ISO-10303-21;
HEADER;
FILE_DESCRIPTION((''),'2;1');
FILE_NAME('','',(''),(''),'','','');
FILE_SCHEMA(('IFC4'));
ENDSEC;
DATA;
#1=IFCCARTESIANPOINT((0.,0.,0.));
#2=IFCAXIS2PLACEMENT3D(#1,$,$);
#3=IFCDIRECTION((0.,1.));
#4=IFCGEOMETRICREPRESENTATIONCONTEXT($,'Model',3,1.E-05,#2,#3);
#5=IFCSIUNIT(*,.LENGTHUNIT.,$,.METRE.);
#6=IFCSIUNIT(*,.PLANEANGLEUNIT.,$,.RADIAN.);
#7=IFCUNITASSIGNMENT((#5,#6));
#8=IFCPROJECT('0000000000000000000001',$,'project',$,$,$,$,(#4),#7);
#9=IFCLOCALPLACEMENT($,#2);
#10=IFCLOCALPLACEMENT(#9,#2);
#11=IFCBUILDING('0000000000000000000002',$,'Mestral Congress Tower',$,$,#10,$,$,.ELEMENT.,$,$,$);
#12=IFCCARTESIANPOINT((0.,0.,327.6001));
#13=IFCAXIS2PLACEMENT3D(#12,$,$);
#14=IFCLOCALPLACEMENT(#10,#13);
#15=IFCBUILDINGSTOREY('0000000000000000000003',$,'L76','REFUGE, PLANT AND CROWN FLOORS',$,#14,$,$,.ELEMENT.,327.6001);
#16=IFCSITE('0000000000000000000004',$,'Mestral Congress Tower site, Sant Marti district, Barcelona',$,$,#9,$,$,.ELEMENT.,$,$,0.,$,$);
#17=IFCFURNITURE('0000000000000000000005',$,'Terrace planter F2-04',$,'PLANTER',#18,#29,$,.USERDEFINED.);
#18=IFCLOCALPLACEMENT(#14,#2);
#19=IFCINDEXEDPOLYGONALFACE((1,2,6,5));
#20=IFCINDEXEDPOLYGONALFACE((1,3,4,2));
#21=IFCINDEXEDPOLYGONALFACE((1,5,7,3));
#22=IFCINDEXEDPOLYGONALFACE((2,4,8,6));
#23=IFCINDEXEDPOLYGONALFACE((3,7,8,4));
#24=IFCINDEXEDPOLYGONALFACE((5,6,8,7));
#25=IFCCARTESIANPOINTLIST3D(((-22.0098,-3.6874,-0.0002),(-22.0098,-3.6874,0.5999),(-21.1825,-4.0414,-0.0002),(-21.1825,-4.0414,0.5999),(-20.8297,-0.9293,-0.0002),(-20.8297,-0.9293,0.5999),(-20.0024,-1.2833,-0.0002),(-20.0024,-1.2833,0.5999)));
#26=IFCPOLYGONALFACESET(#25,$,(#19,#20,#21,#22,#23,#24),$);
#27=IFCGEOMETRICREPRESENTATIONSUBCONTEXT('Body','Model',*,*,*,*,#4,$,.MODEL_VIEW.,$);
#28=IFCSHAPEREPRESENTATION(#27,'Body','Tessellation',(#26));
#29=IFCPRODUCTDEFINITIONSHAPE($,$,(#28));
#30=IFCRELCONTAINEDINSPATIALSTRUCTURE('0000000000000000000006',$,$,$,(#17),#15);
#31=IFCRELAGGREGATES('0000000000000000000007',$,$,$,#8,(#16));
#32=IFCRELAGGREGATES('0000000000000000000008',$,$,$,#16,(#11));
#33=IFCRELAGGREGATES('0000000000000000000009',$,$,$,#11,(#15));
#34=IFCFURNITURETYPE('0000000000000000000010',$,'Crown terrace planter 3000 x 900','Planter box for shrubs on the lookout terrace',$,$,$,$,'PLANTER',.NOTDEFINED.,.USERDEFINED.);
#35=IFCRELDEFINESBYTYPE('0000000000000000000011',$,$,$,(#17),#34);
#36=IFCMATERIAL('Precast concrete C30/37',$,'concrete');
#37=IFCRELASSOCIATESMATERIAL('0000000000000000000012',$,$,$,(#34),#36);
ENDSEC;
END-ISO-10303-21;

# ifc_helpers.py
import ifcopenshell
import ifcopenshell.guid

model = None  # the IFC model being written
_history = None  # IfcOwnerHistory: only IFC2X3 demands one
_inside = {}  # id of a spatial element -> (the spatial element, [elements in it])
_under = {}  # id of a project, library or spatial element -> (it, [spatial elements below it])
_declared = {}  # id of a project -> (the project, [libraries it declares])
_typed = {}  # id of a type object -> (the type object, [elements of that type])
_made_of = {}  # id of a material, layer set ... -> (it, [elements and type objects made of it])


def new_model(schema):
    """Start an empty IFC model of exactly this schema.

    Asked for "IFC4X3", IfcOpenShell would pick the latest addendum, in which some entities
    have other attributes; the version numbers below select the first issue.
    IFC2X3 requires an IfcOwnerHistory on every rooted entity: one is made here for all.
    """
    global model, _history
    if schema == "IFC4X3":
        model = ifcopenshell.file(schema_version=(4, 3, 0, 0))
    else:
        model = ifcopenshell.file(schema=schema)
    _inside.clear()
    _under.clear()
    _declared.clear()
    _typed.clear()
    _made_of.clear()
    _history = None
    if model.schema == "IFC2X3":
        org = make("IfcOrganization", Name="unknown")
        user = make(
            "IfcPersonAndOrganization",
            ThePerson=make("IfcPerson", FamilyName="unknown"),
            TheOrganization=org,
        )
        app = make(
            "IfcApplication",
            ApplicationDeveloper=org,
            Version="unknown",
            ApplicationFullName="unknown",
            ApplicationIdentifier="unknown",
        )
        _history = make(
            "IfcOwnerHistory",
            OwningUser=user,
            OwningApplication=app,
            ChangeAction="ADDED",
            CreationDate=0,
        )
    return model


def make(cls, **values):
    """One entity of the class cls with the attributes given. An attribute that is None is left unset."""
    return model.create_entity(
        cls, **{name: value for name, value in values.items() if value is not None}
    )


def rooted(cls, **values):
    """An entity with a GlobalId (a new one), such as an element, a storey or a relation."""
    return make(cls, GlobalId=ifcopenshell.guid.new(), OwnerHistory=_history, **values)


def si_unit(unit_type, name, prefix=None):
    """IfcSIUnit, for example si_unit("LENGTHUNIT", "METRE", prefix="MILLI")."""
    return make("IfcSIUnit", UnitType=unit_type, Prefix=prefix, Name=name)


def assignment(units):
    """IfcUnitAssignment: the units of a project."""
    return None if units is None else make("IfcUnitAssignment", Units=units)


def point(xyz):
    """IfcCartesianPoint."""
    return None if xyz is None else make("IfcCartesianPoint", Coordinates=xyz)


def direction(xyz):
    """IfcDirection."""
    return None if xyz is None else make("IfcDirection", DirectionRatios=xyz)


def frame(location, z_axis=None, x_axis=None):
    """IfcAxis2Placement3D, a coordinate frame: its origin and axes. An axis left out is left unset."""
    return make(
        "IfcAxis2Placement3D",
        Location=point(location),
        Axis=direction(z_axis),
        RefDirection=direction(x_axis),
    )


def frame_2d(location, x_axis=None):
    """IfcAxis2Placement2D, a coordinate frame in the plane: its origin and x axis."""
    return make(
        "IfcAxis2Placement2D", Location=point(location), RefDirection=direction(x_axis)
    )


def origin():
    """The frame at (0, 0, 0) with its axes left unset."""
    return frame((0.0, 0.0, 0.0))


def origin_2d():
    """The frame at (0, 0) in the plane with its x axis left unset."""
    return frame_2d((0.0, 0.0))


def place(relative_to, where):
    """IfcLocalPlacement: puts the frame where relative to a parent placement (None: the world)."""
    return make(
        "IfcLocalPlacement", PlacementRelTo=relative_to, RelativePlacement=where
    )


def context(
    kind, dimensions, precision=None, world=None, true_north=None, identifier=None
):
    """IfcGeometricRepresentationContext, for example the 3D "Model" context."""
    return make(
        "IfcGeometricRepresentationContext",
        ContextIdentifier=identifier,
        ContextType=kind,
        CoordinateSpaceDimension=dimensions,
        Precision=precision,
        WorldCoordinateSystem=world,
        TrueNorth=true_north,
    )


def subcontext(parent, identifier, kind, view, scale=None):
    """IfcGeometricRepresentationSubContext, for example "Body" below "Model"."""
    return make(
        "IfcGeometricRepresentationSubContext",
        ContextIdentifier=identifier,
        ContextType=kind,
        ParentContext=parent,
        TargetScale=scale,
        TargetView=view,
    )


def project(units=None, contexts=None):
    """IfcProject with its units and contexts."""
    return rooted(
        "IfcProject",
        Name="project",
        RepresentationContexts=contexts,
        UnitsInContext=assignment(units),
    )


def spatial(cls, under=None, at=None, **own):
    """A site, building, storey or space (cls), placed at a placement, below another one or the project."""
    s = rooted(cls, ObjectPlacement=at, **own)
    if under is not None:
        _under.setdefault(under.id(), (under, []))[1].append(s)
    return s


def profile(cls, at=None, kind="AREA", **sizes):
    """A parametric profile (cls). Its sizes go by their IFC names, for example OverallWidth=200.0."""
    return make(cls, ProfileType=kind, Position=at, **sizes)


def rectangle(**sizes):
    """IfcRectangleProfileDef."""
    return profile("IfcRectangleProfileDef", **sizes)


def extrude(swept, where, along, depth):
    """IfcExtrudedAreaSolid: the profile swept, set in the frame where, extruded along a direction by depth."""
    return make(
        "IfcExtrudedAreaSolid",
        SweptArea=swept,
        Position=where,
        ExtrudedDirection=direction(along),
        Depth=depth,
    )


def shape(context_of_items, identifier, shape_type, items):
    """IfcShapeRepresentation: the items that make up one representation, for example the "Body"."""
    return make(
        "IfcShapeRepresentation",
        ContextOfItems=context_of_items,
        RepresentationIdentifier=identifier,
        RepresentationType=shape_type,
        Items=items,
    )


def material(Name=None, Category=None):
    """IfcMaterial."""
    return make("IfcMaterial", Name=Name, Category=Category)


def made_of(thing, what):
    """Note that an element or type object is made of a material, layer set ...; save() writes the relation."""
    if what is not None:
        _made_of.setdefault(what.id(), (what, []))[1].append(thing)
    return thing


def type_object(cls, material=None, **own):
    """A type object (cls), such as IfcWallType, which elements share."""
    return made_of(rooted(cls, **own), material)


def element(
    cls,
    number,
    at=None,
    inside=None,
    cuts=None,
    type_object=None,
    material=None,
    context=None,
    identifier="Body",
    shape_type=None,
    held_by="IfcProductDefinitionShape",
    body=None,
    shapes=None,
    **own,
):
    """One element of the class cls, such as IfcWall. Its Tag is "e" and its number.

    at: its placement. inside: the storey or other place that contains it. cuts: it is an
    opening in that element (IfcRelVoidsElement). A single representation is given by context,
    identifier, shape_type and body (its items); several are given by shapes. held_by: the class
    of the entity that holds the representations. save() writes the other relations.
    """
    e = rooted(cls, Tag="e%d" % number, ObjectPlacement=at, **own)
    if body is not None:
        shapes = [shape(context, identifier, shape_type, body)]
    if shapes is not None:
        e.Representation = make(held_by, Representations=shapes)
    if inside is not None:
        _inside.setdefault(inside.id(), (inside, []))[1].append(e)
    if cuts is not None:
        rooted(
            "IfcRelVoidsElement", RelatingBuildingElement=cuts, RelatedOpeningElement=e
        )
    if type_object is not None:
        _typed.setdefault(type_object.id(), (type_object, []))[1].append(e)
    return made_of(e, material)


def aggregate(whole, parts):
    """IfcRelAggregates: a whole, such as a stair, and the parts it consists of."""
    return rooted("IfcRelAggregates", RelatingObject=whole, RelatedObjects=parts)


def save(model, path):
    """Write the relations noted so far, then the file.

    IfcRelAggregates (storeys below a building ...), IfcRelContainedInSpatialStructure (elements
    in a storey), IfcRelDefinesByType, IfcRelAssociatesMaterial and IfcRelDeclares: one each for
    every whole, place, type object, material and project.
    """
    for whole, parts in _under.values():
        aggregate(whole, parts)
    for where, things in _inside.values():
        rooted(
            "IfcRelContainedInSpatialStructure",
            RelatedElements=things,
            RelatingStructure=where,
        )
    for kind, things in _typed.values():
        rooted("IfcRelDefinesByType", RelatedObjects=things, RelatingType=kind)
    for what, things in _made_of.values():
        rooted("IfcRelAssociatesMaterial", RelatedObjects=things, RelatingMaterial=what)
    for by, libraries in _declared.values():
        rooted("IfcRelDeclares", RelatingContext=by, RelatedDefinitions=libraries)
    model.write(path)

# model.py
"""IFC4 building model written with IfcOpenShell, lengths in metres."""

from ifc_helpers import new_model, si_unit, direction, frame, origin, origin_2d, place, context, subcontext, project, spatial, rectangle, extrude, material, type_object, element, save


model = new_model("IFC4")

# Units and contexts
model_context = context("Model", 3, precision=1e-05, world=origin(), true_north=direction((0.0, 1.0)))
body_context = subcontext(model_context, "Body", "Model", "MODEL_VIEW")
ifc_project = project(units=[si_unit("LENGTHUNIT", "METRE"), si_unit("PLANEANGLEUNIT", "RADIAN")], contexts=[model_context])

# Site, building, storey
site_placement = place(None, origin())
site = spatial("IfcSite", under=ifc_project, at=site_placement, Name="Mestral Congress Tower site, Sant Marti district, Barcelona", CompositionType="ELEMENT", RefElevation=0.0)
building_placement = place(site_placement, origin())
building = spatial("IfcBuilding", under=site, at=building_placement, Name="Mestral Congress Tower", CompositionType="ELEMENT")
storey_placement = place(building_placement, frame((0.0, 0.0, 327.6001)))
storey = spatial("IfcBuildingStorey", under=building, at=storey_placement, Name="L76", Description="REFUGE, PLANT AND CROWN FLOORS", CompositionType="ELEMENT", Elevation=327.6001)

# Furniture
ifc_material_1 = material(Name="Precast concrete C30/37", Category="concrete")
furniture_type = type_object("IfcFurnitureType", Name="Crown terrace planter 3000 x 900", Description="Planter box for shrubs on the lookout terrace", ElementType="PLANTER", AssemblyPlace="NOTDEFINED", PredefinedType="USERDEFINED", material=ifc_material_1)
furniture_placement = place(storey_placement, frame((-21.0061, -2.4854, -0.0002), z_axis=(0.0, 0.0, 1.0), x_axis=(-0.393356, -0.919386, 0.0)))
element("IfcFurniture", 1, at=furniture_placement, inside=storey, type_object=furniture_type, Name="Terrace planter F2-04", ObjectType="PLANTER", PredefinedType="USERDEFINED", context=body_context, shape_type="SweptSolid", body=[
    extrude(rectangle(XDim=3.0, YDim=0.8999, at=origin_2d()), origin(), (0.0, 0.0, 1.0), 0.6001),
])

save(model, "model.ifc")
